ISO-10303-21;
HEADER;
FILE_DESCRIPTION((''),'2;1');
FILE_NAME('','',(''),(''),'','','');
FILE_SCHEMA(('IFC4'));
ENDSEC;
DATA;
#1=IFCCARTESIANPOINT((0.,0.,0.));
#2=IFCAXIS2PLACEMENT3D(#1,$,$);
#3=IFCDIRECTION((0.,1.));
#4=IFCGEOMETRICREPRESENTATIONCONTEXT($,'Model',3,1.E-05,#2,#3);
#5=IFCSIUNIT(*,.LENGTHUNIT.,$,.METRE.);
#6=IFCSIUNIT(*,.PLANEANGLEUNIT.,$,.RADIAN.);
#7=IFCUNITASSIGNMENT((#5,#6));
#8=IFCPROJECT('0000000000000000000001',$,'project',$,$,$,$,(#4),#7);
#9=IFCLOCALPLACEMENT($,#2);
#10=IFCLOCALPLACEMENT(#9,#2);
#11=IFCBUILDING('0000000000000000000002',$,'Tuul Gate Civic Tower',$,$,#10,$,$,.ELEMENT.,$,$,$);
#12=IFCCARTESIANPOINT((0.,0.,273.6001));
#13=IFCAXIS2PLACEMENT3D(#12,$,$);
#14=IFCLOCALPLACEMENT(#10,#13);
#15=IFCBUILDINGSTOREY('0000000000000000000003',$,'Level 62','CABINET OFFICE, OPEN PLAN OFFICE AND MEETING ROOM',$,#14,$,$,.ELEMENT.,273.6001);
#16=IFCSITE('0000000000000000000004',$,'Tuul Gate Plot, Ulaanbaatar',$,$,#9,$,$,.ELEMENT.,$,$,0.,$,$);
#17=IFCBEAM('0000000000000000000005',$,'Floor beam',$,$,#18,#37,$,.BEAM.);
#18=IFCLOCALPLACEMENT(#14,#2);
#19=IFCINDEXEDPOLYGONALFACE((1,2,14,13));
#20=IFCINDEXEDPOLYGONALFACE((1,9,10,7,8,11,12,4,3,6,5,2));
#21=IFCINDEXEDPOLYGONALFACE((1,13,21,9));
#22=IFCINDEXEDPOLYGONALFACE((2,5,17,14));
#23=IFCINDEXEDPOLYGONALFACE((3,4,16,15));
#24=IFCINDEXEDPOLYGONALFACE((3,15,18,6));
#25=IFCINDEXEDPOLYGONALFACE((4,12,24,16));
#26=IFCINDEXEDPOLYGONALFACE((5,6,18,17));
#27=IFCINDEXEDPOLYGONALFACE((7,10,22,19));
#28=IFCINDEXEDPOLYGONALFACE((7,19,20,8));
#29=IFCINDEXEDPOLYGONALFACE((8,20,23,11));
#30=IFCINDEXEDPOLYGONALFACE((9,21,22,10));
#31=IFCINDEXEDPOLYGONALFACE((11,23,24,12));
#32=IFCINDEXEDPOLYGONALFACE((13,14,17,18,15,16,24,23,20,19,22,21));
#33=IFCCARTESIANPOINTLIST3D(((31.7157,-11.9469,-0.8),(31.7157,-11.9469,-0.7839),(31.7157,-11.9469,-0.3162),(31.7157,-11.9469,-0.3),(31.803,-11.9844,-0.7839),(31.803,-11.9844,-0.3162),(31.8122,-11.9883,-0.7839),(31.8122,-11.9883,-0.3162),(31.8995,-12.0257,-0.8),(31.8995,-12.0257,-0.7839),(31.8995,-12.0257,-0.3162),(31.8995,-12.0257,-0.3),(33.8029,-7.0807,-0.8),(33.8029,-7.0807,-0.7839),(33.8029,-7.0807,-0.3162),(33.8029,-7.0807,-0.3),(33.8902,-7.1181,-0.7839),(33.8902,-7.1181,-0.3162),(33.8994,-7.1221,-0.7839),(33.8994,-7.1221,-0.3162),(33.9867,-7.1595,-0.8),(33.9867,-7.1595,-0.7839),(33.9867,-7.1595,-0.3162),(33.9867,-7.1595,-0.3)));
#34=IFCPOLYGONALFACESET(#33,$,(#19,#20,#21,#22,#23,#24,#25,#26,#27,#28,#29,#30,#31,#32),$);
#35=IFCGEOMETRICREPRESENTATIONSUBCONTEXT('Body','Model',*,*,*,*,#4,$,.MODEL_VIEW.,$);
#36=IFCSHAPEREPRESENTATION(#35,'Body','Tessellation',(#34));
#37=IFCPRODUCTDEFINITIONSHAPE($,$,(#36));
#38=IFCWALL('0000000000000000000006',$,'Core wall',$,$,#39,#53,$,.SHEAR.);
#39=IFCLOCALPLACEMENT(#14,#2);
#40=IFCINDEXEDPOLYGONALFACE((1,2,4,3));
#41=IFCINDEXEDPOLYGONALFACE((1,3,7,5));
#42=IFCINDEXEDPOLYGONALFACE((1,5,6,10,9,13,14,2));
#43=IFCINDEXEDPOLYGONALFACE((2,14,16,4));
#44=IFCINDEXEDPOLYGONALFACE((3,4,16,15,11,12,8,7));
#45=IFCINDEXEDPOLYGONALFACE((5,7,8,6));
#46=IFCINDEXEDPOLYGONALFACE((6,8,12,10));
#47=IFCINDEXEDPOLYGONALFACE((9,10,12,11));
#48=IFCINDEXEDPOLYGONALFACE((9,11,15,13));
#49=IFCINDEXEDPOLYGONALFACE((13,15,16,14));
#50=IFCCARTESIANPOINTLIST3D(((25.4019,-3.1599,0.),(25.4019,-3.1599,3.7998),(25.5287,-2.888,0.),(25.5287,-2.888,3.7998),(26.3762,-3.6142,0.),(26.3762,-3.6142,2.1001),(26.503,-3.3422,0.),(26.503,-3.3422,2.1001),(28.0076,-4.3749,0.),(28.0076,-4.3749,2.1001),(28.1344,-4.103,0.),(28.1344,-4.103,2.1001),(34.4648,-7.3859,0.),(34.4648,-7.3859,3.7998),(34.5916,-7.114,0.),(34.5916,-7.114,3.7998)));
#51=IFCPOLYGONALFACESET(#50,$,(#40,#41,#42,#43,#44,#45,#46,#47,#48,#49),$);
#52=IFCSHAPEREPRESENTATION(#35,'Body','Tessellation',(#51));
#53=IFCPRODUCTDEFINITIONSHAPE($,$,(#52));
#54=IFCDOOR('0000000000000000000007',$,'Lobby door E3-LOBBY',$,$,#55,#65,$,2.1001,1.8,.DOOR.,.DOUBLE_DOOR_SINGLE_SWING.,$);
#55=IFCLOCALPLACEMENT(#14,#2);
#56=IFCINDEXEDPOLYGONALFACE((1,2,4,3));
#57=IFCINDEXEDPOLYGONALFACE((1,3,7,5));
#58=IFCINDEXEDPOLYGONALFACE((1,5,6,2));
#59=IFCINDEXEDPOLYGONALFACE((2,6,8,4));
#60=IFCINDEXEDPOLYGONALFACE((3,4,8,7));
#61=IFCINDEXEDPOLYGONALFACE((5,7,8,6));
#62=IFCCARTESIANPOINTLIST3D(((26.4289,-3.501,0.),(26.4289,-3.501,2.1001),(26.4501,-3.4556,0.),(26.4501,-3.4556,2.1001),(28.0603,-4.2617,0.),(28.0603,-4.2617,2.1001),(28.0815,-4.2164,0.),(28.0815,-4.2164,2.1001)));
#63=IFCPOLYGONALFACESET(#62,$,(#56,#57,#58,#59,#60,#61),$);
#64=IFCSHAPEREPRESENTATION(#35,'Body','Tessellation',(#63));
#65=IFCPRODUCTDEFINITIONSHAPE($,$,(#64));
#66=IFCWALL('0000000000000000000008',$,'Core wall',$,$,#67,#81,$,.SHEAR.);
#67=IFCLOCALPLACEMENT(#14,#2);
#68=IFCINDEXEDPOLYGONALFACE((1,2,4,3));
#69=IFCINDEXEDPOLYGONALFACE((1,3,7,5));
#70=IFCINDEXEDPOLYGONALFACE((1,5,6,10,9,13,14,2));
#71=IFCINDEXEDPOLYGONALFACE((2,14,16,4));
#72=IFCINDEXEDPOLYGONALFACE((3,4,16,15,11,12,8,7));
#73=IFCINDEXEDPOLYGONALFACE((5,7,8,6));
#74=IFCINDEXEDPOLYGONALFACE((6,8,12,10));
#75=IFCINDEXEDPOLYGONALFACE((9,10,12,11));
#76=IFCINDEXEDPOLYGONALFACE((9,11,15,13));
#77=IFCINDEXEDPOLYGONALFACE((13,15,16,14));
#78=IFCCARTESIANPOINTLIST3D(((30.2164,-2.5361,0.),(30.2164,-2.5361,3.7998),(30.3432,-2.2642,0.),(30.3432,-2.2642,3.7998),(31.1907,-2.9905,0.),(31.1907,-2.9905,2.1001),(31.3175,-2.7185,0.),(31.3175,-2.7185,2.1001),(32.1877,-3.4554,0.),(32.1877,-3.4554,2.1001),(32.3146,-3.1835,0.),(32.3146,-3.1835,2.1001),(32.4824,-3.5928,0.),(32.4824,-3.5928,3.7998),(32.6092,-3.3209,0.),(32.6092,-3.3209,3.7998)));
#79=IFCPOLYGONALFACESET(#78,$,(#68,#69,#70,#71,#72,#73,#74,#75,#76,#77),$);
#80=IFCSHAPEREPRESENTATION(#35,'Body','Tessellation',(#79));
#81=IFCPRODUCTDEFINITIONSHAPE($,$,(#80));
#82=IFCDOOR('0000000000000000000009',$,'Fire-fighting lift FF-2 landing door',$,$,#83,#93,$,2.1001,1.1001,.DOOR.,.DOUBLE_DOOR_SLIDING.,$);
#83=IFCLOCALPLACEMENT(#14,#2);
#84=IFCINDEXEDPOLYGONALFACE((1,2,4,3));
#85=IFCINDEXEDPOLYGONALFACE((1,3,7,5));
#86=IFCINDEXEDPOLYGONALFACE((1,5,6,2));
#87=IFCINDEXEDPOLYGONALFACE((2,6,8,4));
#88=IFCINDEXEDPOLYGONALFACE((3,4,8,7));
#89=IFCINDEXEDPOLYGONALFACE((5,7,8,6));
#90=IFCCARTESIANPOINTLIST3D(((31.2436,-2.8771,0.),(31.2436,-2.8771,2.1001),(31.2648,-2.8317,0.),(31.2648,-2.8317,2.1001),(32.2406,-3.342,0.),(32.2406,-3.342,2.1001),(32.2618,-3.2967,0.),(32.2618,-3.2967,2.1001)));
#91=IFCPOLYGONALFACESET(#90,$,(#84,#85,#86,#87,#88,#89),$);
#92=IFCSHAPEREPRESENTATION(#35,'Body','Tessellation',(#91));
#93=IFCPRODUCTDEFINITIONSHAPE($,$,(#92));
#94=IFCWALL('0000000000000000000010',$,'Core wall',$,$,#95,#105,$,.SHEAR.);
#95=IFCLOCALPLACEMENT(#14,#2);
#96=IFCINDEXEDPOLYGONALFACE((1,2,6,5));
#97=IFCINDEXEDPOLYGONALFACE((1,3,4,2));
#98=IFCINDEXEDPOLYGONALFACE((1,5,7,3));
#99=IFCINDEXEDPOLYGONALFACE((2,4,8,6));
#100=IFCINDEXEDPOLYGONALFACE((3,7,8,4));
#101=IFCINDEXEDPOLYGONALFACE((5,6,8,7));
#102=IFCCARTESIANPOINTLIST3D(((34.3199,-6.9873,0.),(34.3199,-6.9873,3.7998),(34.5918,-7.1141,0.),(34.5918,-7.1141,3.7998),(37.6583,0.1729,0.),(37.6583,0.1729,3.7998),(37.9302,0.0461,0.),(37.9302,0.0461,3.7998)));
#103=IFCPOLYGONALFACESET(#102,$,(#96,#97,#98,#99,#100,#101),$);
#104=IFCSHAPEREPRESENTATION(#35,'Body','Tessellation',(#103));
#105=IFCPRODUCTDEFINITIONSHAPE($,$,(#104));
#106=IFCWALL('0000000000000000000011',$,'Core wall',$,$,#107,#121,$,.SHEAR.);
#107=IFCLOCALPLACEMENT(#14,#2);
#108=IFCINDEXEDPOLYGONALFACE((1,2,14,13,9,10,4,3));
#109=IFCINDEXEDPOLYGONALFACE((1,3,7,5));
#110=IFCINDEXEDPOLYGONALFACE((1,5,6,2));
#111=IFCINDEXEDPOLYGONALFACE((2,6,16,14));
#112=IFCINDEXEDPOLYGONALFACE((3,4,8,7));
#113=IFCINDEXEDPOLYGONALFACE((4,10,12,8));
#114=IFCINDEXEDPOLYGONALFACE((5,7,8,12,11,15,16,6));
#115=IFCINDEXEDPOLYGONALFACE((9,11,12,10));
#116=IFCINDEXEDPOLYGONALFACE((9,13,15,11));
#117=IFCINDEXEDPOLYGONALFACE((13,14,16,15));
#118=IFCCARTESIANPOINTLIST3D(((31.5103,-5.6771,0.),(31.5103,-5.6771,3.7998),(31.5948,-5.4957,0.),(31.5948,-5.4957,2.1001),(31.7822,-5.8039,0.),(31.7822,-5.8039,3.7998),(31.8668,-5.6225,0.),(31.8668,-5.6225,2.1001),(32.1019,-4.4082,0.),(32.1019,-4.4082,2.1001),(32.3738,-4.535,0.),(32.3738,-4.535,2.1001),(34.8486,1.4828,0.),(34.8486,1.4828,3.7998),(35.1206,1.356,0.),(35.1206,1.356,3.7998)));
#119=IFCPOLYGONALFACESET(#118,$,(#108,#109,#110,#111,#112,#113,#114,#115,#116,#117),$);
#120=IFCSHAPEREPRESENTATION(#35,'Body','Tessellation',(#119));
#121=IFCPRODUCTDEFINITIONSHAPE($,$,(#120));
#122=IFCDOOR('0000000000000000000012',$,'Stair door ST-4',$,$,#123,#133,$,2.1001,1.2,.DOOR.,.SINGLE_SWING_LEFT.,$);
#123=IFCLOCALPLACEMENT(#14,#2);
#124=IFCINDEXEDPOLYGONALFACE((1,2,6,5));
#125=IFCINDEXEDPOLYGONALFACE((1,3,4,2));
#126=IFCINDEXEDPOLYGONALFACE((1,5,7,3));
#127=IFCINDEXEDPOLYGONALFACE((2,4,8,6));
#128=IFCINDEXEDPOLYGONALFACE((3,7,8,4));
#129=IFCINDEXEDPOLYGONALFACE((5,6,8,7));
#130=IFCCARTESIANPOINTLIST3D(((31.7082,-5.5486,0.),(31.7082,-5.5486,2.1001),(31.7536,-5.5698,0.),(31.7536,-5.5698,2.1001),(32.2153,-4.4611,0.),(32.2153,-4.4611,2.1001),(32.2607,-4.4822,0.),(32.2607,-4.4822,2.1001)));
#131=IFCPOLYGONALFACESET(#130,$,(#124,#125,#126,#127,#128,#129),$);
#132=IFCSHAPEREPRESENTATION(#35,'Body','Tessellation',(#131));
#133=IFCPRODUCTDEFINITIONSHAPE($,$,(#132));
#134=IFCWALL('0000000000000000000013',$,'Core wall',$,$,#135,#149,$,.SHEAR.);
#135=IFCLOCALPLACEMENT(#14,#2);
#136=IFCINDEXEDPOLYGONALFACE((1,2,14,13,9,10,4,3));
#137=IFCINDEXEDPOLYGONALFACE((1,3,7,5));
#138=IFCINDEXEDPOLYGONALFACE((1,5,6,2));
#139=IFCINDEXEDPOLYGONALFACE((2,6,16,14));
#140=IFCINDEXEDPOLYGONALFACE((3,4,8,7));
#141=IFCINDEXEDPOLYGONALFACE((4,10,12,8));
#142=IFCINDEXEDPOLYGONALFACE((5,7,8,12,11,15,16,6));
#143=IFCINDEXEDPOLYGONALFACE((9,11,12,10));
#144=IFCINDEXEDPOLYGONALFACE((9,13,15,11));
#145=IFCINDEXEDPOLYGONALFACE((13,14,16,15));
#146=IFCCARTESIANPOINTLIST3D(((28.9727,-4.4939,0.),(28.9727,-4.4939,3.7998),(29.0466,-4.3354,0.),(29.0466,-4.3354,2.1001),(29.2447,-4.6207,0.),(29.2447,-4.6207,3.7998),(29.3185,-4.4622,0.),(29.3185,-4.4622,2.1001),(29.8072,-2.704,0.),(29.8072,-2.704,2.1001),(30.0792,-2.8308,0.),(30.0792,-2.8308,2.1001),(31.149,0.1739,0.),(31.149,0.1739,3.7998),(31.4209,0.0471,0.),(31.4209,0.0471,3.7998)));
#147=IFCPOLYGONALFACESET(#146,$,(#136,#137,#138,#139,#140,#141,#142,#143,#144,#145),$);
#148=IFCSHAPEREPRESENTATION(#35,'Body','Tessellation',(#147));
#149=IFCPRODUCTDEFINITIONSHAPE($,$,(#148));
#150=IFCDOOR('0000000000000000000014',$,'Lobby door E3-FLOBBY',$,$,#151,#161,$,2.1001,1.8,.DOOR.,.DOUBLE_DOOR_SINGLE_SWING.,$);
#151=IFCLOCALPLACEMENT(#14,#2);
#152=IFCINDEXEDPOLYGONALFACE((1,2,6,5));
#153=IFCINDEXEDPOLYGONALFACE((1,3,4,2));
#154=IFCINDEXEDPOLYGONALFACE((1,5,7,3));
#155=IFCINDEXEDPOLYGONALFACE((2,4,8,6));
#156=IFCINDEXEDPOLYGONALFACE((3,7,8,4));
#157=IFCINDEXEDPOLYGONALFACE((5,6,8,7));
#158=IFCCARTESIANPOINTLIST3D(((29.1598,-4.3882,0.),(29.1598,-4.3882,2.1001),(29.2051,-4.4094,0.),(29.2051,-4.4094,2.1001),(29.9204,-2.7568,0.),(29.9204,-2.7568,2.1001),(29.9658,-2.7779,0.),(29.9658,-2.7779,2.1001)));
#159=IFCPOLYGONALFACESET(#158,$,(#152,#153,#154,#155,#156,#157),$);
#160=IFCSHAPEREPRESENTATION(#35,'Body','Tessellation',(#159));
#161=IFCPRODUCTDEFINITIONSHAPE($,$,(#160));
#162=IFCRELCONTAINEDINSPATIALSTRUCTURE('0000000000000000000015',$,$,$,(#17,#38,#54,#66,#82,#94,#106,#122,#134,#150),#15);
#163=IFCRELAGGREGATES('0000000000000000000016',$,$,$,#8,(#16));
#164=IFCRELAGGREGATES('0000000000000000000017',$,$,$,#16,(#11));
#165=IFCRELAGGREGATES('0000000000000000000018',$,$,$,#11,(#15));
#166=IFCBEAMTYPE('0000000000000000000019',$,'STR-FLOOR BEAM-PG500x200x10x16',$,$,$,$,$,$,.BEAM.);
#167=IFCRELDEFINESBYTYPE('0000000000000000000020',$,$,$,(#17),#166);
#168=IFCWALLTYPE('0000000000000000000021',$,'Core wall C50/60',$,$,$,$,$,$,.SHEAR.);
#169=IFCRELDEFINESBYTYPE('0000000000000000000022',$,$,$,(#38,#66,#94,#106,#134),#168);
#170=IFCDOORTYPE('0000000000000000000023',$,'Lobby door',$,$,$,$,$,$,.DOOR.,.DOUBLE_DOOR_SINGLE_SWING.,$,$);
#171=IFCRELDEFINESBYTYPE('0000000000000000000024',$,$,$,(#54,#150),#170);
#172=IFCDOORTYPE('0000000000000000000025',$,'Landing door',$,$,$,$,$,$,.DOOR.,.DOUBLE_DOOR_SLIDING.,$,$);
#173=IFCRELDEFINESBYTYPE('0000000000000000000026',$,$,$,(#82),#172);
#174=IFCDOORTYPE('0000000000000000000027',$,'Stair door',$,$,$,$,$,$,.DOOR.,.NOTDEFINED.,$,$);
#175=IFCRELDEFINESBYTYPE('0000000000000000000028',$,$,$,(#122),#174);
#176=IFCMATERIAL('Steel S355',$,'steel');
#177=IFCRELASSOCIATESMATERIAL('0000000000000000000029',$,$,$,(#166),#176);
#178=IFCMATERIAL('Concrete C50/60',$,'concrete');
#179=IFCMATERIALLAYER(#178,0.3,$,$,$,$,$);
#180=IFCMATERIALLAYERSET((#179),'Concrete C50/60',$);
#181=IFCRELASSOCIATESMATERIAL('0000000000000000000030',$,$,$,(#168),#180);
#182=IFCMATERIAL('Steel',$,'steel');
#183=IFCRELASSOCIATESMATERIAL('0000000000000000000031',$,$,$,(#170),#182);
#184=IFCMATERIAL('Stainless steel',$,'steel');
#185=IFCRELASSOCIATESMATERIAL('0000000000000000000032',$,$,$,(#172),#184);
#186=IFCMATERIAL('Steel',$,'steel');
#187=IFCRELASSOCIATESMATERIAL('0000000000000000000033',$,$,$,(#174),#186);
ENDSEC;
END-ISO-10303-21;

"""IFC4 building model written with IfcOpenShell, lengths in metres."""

from ifc_helpers import new_model, si_unit, direction, frame, frame_2d, origin, origin_2d, place, context, subcontext, project, spatial, rectangle, i_section, extrude, material, layer, layer_set, material_profile, profile_set, type_object, element, fill, save


model = new_model("IFC4")

# Units and contexts
model_context = context("Model", 3, precision=1e-05, world=origin(), true_north=direction((0.0, 1.0)))
body_context = subcontext(model_context, "Body", "Model", "MODEL_VIEW")
ifc_project = project(units=[si_unit("LENGTHUNIT", "METRE"), si_unit("PLANEANGLEUNIT", "RADIAN")], contexts=[model_context])

# Site, building, storey
site_placement = place(None, origin())
site = spatial("IfcSite", under=ifc_project, at=site_placement, Name="Tuul Gate Plot, Ulaanbaatar", CompositionType="ELEMENT", RefElevation=0.0)
building_placement = place(site_placement, origin())
building = spatial("IfcBuilding", under=site, at=building_placement, Name="Tuul Gate Civic Tower", CompositionType="ELEMENT")
storey_placement = place(building_placement, frame((0.0, 0.0, 273.6001)))
storey = spatial("IfcBuildingStorey", under=building, at=storey_placement, Name="Level 62", Description="CABINET OFFICE, OPEN PLAN OFFICE AND MEETING ROOM", CompositionType="ELEMENT", Elevation=273.6001)

# Beam
ifc_material_1 = material(Name="Steel S355", Category="steel")
ifc_material_profile = material_profile(ifc_material_1, i_section(OverallWidth=0.2, OverallDepth=0.5, WebThickness=0.01, FlangeThickness=0.0161, at=origin_2d()), Name="PG500x200x10x16")
ifc_profile_set = profile_set([ifc_material_profile], Name="Steel S355")
beam_type = type_object("IfcBeamType", Name="STR-FLOOR BEAM-PG500x200x10x16", PredefinedType="BEAM", material=ifc_profile_set)
beam_placement = place(storey_placement, frame((31.8076, -11.9863, -0.55), z_axis=(0.394181, 0.919033, 0.0), x_axis=(-0.919033, 0.394181, 0.0)))
element("IfcBeam", 1, at=beam_placement, inside=storey, type_object=beam_type, Name="Floor beam", PredefinedType="BEAM", context=body_context, shape_type="SweptSolid", body=[
    extrude(i_section(OverallWidth=0.2, OverallDepth=0.5, WebThickness=0.01, FlangeThickness=0.0161, at=origin_2d()), origin(), (0.0, 0.0, 1.0), 5.2949),
])

# Walls, openings, doors
ifc_material_2 = material(Name="Concrete C50/60", Category="concrete")
ifc_layer_1 = layer(ifc_material_2, 0.3)
ifc_layer_set_1 = layer_set([ifc_layer_1], Name="Concrete C50/60")
wall_type_1 = type_object("IfcWallType", Name="Core wall C50/60", PredefinedType="SHEAR", material=ifc_layer_set_1)
wall_1_placement = place(storey_placement, frame((34.5283, -7.25, 0.0), z_axis=(0.0, 0.0, 1.0), x_axis=(-0.90631, 0.422613, 0.0)))
wall_1 = element("IfcWall", 2, at=wall_1_placement, inside=storey, type_object=wall_type_1, Name="Core wall", PredefinedType="SHEAR", context=body_context, shape_type="SweptSolid", body=[
    extrude(rectangle(XDim=9.9998, YDim=0.3, at=frame_2d((5.0, 0.0))), origin(), (0.0, 0.0, 1.0), 3.7998),
])
opening_1_placement = place(wall_1_placement, frame((7.125, 0.0, 0.0)))
opening_1 = element("IfcOpeningElement", 3, at=opening_1_placement, cuts=wall_1, PredefinedType="OPENING", context=body_context, shape_type="SweptSolid", body=[
    extrude(rectangle(XDim=1.8, YDim=2.1001, at=frame_2d((0.8999, 1.05))), frame((0.0, 0.1602, 0.0), z_axis=(0.0, -1.0, 0.0), x_axis=(1.0, 0.0, 0.0)), (0.0, 0.0, 1.0), 0.3201),
])
ifc_material_3 = material(Name="Steel", Category="steel")
door_type_1 = type_object("IfcDoorType", Name="Lobby door", OperationType="DOUBLE_DOOR_SINGLE_SWING", PredefinedType="DOOR", material=ifc_material_3)
door_1_placement = place(opening_1_placement, frame((1.8, 0.0, 0.0), z_axis=(0.0, 0.0, 1.0), x_axis=(-1.0, 0.0, 0.0)))
door_1 = element("IfcDoor", 4, at=door_1_placement, inside=storey, type_object=door_type_1, Name="Lobby door E3-LOBBY", OperationType="DOUBLE_DOOR_SINGLE_SWING", OverallHeight=2.1001, OverallWidth=1.8, PredefinedType="DOOR", context=body_context, shape_type="SweptSolid", body=[
    extrude(rectangle(XDim=1.8, YDim=2.1001, at=frame_2d((0.9001, 1.05))), frame((0.0, 0.0249, 0.0), z_axis=(0.0, -1.0, 0.0), x_axis=(1.0, 0.0, 0.0)), (0.0, 0.0, 1.0), 0.05),
])
fill(opening_1, door_1)
wall_2_placement = place(storey_placement, frame((32.5457, -3.4568, 0.0), z_axis=(0.0, 0.0, 1.0), x_axis=(-0.9063, 0.422634, 0.0)))
wall_2 = element("IfcWall", 5, at=wall_2_placement, inside=storey, type_object=wall_type_1, Name="Core wall", PredefinedType="SHEAR", context=body_context, shape_type="SweptSolid", body=[
    extrude(rectangle(XDim=2.5002, YDim=0.3, at=frame_2d((1.25, 0.0))), origin(), (0.0, 0.0, 1.0), 3.7998),
])
opening_2_placement = place(wall_2_placement, frame((0.325, 0.0, 0.0)))
opening_2 = element("IfcOpeningElement", 6, at=opening_2_placement, cuts=wall_2, PredefinedType="OPENING", context=body_context, shape_type="SweptSolid", body=[
    extrude(rectangle(XDim=1.1001, YDim=2.1001, at=frame_2d((0.55, 1.05))), frame((0.0, 0.1602, 0.0), z_axis=(0.0, -1.0, 0.0), x_axis=(1.0, 0.0, 0.0)), (0.0, 0.0, 1.0), 0.3201),
])
ifc_material_4 = material(Name="Stainless steel", Category="steel")
door_type_2 = type_object("IfcDoorType", Name="Landing door", OperationType="DOUBLE_DOOR_SLIDING", PredefinedType="DOOR", material=ifc_material_4)
door_2_placement = place(opening_2_placement, origin())
door_2 = element("IfcDoor", 7, at=door_2_placement, inside=storey, type_object=door_type_2, Name="Fire-fighting lift FF-2 landing door", OperationType="DOUBLE_DOOR_SLIDING", OverallHeight=2.1001, OverallWidth=1.1001, PredefinedType="DOOR", context=body_context, shape_type="SweptSolid", body=[
    extrude(rectangle(XDim=1.1001, YDim=2.1001, at=frame_2d((0.55, 1.05))), frame((0.0, 0.0249, 0.0), z_axis=(0.0, -1.0, 0.0), x_axis=(1.0, 0.0, 0.0)), (0.0, 0.0, 1.0), 0.05),
])
fill(opening_2, door_2)

# Wall
wall_3_placement = place(storey_placement, frame((34.4558, -7.0508, 0.0), z_axis=(0.0, 0.0, 1.0), x_axis=(0.422571, 0.90633, 0.0)))
element("IfcWall", 8, at=wall_3_placement, inside=storey, type_object=wall_type_1, Name="Core wall", PredefinedType="SHEAR", context=body_context, shape_type="SweptSolid", body=[
    extrude(rectangle(XDim=7.9001, YDim=0.3, at=frame_2d((3.9502, 0.0))), origin(), (0.0, 0.0, 1.0), 3.7998),
])

# Walls, openings, doors
wall_4_placement = place(storey_placement, frame((31.6462, -5.7405, 0.0), z_axis=(0.0, 0.0, 1.0), x_axis=(0.422583, 0.906324, 0.0)))
wall_4 = element("IfcWall", 9, at=wall_4_placement, inside=storey, type_object=wall_type_1, Name="Core wall", PredefinedType="SHEAR", context=body_context, shape_type="SweptSolid", body=[
    extrude(rectangle(XDim=7.8999, YDim=0.3, at=frame_2d((3.95, 0.0))), origin(), (0.0, 0.0, 1.0), 3.7998),
])
opening_3_placement = place(wall_4_placement, frame((0.2, 0.0, 0.0)))
opening_3 = element("IfcOpeningElement", 10, at=opening_3_placement, cuts=wall_4, PredefinedType="OPENING", context=body_context, shape_type="SweptSolid", body=[
    extrude(rectangle(XDim=1.2, YDim=2.1001, at=frame_2d((0.6001, 1.05))), frame((0.0, 0.1602, 0.0), z_axis=(0.0, -1.0, 0.0), x_axis=(1.0, 0.0, 0.0)), (0.0, 0.0, 1.0), 0.3201),
])
ifc_material_5 = material(Name="Steel", Category="steel")
door_type_3 = type_object("IfcDoorType", Name="Stair door", OperationType="NOTDEFINED", PredefinedType="DOOR", material=ifc_material_5)
door_3_placement = place(opening_3_placement, origin())
door_3 = element("IfcDoor", 11, at=door_3_placement, inside=storey, type_object=door_type_3, Name="Stair door ST-4", OperationType="SINGLE_SWING_LEFT", OverallHeight=2.1001, OverallWidth=1.2, PredefinedType="DOOR", context=body_context, shape_type="SweptSolid", body=[
    extrude(rectangle(XDim=1.2, YDim=2.1001, at=frame_2d((0.6001, 1.05))), frame((0.0, 0.0249, 0.0), z_axis=(0.0, -1.0, 0.0), x_axis=(1.0, 0.0, 0.0)), (0.0, 0.0, 1.0), 0.05),
])
fill(opening_3, door_3)
wall_5_placement = place(storey_placement, frame((29.1086, -4.5574, 0.0), z_axis=(0.0, 0.0, 1.0), x_axis=(0.422566, 0.906332, 0.0)))
wall_5 = element("IfcWall", 12, at=wall_5_placement, inside=storey, type_object=wall_type_1, Name="Core wall", PredefinedType="SHEAR", context=body_context, shape_type="SweptSolid", body=[
    extrude(rectangle(XDim=5.1501, YDim=0.3, at=frame_2d((2.5752, 0.0))), origin(), (0.0, 0.0, 1.0), 3.7998),
])
opening_4_placement = place(wall_5_placement, frame((0.175, 0.0, 0.0)))
opening_4 = element("IfcOpeningElement", 13, at=opening_4_placement, cuts=wall_5, PredefinedType="OPENING", context=body_context, shape_type="SweptSolid", body=[
    extrude(rectangle(XDim=1.8, YDim=2.1001, at=frame_2d((0.8999, 1.05))), frame((0.0, 0.1602, 0.0), z_axis=(0.0, -1.0, 0.0), x_axis=(1.0, 0.0, 0.0)), (0.0, 0.0, 1.0), 0.3201),
])
door_4_placement = place(opening_4_placement, frame((1.8, 0.0, 0.0), z_axis=(0.0, 0.0, 1.0), x_axis=(-1.0, 0.0, 0.0)))
door_4 = element("IfcDoor", 14, at=door_4_placement, inside=storey, type_object=door_type_1, Name="Lobby door E3-FLOBBY", OperationType="DOUBLE_DOOR_SINGLE_SWING", OverallHeight=2.1001, OverallWidth=1.8, PredefinedType="DOOR", context=body_context, shape_type="SweptSolid", body=[
    extrude(rectangle(XDim=1.8, YDim=2.1001, at=frame_2d((0.9001, 1.05))), frame((0.0, 0.0249, 0.0), z_axis=(0.0, -1.0, 0.0), x_axis=(1.0, 0.0, 0.0)), (0.0, 0.0, 1.0), 0.05),
])
fill(opening_4, door_4)

save(model, "model.ifc")
